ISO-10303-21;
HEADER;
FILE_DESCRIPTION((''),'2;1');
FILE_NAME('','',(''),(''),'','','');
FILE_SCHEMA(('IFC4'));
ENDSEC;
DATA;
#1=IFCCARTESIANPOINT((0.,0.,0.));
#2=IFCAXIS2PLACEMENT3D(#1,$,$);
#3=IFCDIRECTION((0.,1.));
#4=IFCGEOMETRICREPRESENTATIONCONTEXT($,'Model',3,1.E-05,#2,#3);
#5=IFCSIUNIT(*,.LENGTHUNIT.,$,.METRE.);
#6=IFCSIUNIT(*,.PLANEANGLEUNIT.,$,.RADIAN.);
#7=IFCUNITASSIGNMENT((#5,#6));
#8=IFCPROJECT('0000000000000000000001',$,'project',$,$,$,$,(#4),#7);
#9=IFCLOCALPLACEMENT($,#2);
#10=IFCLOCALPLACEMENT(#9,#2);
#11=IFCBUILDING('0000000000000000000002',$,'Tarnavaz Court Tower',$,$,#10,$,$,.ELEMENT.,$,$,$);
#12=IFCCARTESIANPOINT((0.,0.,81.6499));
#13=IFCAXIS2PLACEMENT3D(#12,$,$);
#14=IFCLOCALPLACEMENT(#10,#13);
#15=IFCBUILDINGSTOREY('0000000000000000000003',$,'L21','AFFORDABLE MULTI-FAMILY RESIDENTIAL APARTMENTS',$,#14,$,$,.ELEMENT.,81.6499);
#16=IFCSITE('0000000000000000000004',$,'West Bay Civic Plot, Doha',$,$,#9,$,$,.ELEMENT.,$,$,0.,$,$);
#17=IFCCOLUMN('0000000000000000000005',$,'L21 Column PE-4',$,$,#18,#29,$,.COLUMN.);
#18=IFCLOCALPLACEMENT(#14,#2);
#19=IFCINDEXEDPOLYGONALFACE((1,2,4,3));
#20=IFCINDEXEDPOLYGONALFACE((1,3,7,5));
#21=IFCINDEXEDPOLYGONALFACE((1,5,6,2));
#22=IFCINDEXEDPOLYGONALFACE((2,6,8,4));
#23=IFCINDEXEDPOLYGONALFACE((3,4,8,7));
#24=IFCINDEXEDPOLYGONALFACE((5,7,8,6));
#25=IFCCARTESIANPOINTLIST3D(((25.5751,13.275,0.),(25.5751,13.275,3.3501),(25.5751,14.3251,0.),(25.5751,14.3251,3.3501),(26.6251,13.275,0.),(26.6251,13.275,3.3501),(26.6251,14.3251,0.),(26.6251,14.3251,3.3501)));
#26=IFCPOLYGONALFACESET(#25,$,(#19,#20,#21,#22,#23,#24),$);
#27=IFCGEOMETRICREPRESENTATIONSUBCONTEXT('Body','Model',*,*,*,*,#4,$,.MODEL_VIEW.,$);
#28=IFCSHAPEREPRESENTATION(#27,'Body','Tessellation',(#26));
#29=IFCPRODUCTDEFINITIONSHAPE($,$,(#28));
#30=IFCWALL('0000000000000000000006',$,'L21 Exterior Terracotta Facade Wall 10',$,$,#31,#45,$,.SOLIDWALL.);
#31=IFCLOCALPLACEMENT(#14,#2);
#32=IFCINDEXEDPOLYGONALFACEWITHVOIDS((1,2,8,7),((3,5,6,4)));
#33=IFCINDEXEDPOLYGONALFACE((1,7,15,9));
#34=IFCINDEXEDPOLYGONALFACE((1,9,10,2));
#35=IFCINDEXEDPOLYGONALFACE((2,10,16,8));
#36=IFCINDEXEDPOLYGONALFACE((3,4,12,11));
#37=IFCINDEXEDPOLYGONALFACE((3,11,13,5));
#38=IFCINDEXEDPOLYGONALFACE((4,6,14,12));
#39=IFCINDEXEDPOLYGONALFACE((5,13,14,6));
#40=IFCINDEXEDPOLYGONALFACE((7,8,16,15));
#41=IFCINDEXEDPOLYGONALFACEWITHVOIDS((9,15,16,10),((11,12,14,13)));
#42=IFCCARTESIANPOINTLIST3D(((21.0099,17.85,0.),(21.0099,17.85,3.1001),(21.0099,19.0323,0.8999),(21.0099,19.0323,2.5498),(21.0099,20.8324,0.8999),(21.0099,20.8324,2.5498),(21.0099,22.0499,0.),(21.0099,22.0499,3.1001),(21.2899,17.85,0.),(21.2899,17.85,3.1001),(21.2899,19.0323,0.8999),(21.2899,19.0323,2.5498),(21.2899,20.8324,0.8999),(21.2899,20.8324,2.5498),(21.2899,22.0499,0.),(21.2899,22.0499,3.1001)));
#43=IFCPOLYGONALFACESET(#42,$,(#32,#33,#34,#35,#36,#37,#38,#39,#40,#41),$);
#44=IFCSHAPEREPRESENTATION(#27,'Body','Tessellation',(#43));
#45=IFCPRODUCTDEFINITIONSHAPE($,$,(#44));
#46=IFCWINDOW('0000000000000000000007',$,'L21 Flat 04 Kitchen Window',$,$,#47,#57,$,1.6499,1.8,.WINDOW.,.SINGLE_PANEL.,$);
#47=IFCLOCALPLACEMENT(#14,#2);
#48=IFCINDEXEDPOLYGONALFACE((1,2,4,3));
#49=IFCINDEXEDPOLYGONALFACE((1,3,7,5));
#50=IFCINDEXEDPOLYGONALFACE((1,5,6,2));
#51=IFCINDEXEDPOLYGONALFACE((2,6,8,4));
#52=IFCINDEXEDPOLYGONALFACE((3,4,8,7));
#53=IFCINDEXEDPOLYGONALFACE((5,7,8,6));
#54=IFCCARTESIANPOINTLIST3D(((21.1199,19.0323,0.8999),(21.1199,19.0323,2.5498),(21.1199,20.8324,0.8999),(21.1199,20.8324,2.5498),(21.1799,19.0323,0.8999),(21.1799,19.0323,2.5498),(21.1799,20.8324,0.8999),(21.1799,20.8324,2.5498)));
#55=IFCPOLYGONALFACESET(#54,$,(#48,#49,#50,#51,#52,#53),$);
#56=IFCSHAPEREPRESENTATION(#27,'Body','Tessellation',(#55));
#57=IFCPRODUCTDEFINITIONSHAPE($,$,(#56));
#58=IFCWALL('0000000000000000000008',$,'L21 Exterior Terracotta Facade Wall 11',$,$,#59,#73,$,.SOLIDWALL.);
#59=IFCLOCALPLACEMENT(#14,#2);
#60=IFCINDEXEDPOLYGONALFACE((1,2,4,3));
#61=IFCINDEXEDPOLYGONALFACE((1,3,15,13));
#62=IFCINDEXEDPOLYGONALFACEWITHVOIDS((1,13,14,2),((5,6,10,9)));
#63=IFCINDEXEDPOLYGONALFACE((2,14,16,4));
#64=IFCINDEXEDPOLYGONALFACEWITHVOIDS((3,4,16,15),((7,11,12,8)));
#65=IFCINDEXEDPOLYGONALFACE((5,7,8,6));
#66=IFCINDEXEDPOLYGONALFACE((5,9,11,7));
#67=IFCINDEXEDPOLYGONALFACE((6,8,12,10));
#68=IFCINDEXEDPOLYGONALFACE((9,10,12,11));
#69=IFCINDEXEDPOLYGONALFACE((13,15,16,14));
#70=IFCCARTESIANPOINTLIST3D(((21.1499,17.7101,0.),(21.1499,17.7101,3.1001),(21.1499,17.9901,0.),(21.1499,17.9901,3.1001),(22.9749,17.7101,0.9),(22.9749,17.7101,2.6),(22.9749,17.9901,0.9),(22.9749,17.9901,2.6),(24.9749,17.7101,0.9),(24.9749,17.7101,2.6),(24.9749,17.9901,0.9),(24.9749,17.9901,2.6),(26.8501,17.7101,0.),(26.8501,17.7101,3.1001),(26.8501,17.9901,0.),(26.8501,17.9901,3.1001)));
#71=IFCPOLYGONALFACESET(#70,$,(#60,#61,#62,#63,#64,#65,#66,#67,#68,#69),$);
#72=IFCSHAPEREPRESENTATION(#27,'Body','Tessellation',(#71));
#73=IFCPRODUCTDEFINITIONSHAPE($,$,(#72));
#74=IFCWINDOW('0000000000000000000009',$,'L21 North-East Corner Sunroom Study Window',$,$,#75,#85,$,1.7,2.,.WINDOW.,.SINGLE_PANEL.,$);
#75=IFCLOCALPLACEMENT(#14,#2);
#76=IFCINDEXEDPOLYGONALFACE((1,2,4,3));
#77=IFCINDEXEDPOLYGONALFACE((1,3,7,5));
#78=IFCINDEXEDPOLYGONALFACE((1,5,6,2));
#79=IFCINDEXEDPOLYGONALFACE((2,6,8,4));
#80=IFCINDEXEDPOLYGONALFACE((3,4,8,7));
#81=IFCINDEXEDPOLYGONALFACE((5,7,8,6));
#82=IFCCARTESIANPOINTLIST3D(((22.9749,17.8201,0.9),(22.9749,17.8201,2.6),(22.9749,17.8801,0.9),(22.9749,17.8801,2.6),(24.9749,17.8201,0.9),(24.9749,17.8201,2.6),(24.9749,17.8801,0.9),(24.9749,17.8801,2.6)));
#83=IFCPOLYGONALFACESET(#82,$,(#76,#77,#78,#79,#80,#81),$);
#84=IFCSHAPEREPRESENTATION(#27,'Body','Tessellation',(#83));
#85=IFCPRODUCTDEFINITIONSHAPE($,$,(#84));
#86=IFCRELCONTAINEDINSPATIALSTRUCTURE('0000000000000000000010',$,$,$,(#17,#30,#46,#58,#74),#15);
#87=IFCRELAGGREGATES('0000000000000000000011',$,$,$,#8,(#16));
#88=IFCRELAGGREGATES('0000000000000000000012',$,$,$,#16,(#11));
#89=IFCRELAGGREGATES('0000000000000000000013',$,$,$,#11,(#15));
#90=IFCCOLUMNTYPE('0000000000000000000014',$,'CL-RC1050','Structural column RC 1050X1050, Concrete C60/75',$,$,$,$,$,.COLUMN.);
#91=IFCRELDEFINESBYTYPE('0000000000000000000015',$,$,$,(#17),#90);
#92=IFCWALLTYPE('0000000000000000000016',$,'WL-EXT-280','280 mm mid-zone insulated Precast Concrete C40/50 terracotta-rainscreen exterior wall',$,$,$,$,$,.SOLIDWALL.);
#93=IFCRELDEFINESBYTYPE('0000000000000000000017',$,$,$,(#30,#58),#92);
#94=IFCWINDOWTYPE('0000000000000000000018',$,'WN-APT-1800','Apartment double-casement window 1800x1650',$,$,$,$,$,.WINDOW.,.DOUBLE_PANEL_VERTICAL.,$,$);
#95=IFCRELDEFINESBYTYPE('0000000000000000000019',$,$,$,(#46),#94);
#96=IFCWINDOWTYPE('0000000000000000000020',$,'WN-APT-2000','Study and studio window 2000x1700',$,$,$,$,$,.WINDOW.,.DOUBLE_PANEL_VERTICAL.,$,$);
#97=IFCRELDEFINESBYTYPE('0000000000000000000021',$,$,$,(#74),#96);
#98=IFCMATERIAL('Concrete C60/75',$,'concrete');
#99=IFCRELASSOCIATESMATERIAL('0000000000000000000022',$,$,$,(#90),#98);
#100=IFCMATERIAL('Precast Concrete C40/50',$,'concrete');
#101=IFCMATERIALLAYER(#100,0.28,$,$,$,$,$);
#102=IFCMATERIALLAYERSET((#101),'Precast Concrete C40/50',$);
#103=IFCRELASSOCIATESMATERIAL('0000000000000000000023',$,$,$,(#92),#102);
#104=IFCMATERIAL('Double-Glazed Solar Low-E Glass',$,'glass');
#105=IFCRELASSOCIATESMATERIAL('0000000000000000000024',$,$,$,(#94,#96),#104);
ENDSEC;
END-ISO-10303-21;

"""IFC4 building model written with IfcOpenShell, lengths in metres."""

from ifc_helpers import new_model, si_unit, direction, frame, frame_2d, origin, origin_2d, place, context, subcontext, project, spatial, rectangle, extrude, material, layer, layer_set, material_profile, profile_set, type_object, element, fill, save


model = new_model("IFC4")

# Units and contexts
model_context = context("Model", 3, precision=1e-05, world=origin(), true_north=direction((0.0, 1.0)))
body_context = subcontext(model_context, "Body", "Model", "MODEL_VIEW")
ifc_project = project(units=[si_unit("LENGTHUNIT", "METRE"), si_unit("PLANEANGLEUNIT", "RADIAN")], contexts=[model_context])

# Site, building, storey
site_placement = place(None, origin())
site = spatial("IfcSite", under=ifc_project, at=site_placement, Name="West Bay Civic Plot, Doha", CompositionType="ELEMENT", RefElevation=0.0)
building_placement = place(site_placement, origin())
building = spatial("IfcBuilding", under=site, at=building_placement, Name="Tarnavaz Court Tower", CompositionType="ELEMENT")
storey_placement = place(building_placement, frame((0.0, 0.0, 81.6499)))
storey = spatial("IfcBuildingStorey", under=building, at=storey_placement, Name="L21", Description="AFFORDABLE MULTI-FAMILY RESIDENTIAL APARTMENTS", CompositionType="ELEMENT", Elevation=81.6499)

# Column
ifc_material_1 = material(Name="Concrete C60/75", Category="concrete")
ifc_material_profile_1 = material_profile(ifc_material_1, rectangle(XDim=1.05, YDim=1.05, at=origin_2d()), Name="RC 1050X1050")
ifc_profile_set_1 = profile_set([ifc_material_profile_1], Name="Concrete C60/75")
column_type = type_object("IfcColumnType", Name="CL-RC1050", Description="Structural column RC 1050X1050, Concrete C60/75", PredefinedType="COLUMN", material=ifc_profile_set_1)
column_placement = place(storey_placement, frame((26.1001, 13.8, 0.0), z_axis=(0.0, 0.0, 1.0), x_axis=(1.0, 0.0, 0.0)))
element("IfcColumn", 1, at=column_placement, inside=storey, type_object=column_type, Name="L21 Column PE-4", PredefinedType="COLUMN", context=body_context, shape_type="SweptSolid", body=[
    extrude(rectangle(XDim=1.05, YDim=1.05, at=origin_2d()), origin(), (0.0, 0.0, 1.0), 3.3501),
])

# Walls, openings, windows
ifc_material_2 = material(Name="Precast Concrete C40/50", Category="concrete")
ifc_layer_1 = layer(ifc_material_2, 0.28)
ifc_layer_set_1 = layer_set([ifc_layer_1], Name="Precast Concrete C40/50")
wall_type_1 = type_object("IfcWallType", Name="WL-EXT-280", Description="280 mm mid-zone insulated Precast Concrete C40/50 terracotta-rainscreen exterior wall", PredefinedType="SOLIDWALL", material=ifc_layer_set_1)
wall_1_placement = place(storey_placement, frame((21.1499, 22.05, 0.0), z_axis=(0.0, 0.0, 1.0), x_axis=(0.0, -1.0, 0.0)))
wall_1 = element("IfcWall", 2, at=wall_1_placement, inside=storey, type_object=wall_type_1, Name="L21 Exterior Terracotta Facade Wall 10", PredefinedType="SOLIDWALL", context=body_context, shape_type="SweptSolid", body=[
    extrude(rectangle(XDim=4.2, YDim=0.28, at=frame_2d((2.1001, 0.0))), origin(), (0.0, 0.0, 1.0), 3.1001),
])
opening_1_placement = place(wall_1_placement, frame((1.2178, 0.0, 0.8999)))
opening_1 = element("IfcOpeningElement", 3, at=opening_1_placement, cuts=wall_1, PredefinedType="OPENING", context=body_context, shape_type="SweptSolid", body=[
    extrude(rectangle(XDim=1.8, YDim=1.6499, at=frame_2d((0.8999, 0.825))), frame((0.0, 0.1499, 0.0), z_axis=(0.0, -1.0, 0.0), x_axis=(1.0, 0.0, 0.0)), (0.0, 0.0, 1.0), 0.3),
])
ifc_material_3 = material(Name="Double-Glazed Solar Low-E Glass", Category="glass")
window_type_1 = type_object("IfcWindowType", Name="WN-APT-1800", Description="Apartment double-casement window 1800x1650", PartitioningType="DOUBLE_PANEL_VERTICAL", PredefinedType="WINDOW", material=ifc_material_3)
window_1_placement = place(opening_1_placement, origin())
window_1 = element("IfcWindow", 4, at=window_1_placement, inside=storey, type_object=window_type_1, Name="L21 Flat 04 Kitchen Window", OverallHeight=1.6499, OverallWidth=1.8, PartitioningType="SINGLE_PANEL", PredefinedType="WINDOW", context=body_context, shape_type="SweptSolid", body=[
    extrude(rectangle(XDim=1.8, YDim=1.6499, at=frame_2d((0.8999, 0.825))), frame((0.0, 0.03, 0.0), z_axis=(0.0, -1.0, 0.0), x_axis=(1.0, 0.0, 0.0)), (0.0, 0.0, 1.0), 0.0601),
])
fill(opening_1, window_1)
wall_2_placement = place(storey_placement, frame((21.1499, 17.8501, 0.0), z_axis=(0.0, 0.0, 1.0), x_axis=(1.0, 0.0, 0.0)))
wall_2 = element("IfcWall", 5, at=wall_2_placement, inside=storey, type_object=wall_type_1, Name="L21 Exterior Terracotta Facade Wall 11", PredefinedType="SOLIDWALL", context=body_context, shape_type="SweptSolid", body=[
    extrude(rectangle(XDim=5.7002, YDim=0.28, at=frame_2d((2.8501, 0.0))), origin(), (0.0, 0.0, 1.0), 3.1001),
])
opening_2_placement = place(wall_2_placement, frame((1.825, 0.0, 0.8999)))
opening_2 = element("IfcOpeningElement", 6, at=opening_2_placement, cuts=wall_2, PredefinedType="OPENING", context=body_context, shape_type="SweptSolid", body=[
    extrude(rectangle(XDim=2.0, YDim=1.7, at=frame_2d((1.0, 0.8501))), frame((0.0, 0.1499, 0.0), z_axis=(0.0, -1.0, 0.0), x_axis=(1.0, 0.0, 0.0)), (0.0, 0.0, 1.0), 0.3),
])
window_type_2 = type_object("IfcWindowType", Name="WN-APT-2000", Description="Study and studio window 2000x1700", PartitioningType="DOUBLE_PANEL_VERTICAL", PredefinedType="WINDOW", material=ifc_material_3)
window_2_placement = place(opening_2_placement, origin())
window_2 = element("IfcWindow", 7, at=window_2_placement, inside=storey, type_object=window_type_2, Name="L21 North-East Corner Sunroom Study Window", OverallHeight=1.7, OverallWidth=2.0, PartitioningType="SINGLE_PANEL", PredefinedType="WINDOW", context=body_context, shape_type="SweptSolid", body=[
    extrude(rectangle(XDim=2.0, YDim=1.7, at=frame_2d((1.0, 0.8501))), frame((0.0, 0.03, 0.0), z_axis=(0.0, -1.0, 0.0), x_axis=(1.0, 0.0, 0.0)), (0.0, 0.0, 1.0), 0.0601),
])
fill(opening_2, window_2)

save(model, "model.ifc")
